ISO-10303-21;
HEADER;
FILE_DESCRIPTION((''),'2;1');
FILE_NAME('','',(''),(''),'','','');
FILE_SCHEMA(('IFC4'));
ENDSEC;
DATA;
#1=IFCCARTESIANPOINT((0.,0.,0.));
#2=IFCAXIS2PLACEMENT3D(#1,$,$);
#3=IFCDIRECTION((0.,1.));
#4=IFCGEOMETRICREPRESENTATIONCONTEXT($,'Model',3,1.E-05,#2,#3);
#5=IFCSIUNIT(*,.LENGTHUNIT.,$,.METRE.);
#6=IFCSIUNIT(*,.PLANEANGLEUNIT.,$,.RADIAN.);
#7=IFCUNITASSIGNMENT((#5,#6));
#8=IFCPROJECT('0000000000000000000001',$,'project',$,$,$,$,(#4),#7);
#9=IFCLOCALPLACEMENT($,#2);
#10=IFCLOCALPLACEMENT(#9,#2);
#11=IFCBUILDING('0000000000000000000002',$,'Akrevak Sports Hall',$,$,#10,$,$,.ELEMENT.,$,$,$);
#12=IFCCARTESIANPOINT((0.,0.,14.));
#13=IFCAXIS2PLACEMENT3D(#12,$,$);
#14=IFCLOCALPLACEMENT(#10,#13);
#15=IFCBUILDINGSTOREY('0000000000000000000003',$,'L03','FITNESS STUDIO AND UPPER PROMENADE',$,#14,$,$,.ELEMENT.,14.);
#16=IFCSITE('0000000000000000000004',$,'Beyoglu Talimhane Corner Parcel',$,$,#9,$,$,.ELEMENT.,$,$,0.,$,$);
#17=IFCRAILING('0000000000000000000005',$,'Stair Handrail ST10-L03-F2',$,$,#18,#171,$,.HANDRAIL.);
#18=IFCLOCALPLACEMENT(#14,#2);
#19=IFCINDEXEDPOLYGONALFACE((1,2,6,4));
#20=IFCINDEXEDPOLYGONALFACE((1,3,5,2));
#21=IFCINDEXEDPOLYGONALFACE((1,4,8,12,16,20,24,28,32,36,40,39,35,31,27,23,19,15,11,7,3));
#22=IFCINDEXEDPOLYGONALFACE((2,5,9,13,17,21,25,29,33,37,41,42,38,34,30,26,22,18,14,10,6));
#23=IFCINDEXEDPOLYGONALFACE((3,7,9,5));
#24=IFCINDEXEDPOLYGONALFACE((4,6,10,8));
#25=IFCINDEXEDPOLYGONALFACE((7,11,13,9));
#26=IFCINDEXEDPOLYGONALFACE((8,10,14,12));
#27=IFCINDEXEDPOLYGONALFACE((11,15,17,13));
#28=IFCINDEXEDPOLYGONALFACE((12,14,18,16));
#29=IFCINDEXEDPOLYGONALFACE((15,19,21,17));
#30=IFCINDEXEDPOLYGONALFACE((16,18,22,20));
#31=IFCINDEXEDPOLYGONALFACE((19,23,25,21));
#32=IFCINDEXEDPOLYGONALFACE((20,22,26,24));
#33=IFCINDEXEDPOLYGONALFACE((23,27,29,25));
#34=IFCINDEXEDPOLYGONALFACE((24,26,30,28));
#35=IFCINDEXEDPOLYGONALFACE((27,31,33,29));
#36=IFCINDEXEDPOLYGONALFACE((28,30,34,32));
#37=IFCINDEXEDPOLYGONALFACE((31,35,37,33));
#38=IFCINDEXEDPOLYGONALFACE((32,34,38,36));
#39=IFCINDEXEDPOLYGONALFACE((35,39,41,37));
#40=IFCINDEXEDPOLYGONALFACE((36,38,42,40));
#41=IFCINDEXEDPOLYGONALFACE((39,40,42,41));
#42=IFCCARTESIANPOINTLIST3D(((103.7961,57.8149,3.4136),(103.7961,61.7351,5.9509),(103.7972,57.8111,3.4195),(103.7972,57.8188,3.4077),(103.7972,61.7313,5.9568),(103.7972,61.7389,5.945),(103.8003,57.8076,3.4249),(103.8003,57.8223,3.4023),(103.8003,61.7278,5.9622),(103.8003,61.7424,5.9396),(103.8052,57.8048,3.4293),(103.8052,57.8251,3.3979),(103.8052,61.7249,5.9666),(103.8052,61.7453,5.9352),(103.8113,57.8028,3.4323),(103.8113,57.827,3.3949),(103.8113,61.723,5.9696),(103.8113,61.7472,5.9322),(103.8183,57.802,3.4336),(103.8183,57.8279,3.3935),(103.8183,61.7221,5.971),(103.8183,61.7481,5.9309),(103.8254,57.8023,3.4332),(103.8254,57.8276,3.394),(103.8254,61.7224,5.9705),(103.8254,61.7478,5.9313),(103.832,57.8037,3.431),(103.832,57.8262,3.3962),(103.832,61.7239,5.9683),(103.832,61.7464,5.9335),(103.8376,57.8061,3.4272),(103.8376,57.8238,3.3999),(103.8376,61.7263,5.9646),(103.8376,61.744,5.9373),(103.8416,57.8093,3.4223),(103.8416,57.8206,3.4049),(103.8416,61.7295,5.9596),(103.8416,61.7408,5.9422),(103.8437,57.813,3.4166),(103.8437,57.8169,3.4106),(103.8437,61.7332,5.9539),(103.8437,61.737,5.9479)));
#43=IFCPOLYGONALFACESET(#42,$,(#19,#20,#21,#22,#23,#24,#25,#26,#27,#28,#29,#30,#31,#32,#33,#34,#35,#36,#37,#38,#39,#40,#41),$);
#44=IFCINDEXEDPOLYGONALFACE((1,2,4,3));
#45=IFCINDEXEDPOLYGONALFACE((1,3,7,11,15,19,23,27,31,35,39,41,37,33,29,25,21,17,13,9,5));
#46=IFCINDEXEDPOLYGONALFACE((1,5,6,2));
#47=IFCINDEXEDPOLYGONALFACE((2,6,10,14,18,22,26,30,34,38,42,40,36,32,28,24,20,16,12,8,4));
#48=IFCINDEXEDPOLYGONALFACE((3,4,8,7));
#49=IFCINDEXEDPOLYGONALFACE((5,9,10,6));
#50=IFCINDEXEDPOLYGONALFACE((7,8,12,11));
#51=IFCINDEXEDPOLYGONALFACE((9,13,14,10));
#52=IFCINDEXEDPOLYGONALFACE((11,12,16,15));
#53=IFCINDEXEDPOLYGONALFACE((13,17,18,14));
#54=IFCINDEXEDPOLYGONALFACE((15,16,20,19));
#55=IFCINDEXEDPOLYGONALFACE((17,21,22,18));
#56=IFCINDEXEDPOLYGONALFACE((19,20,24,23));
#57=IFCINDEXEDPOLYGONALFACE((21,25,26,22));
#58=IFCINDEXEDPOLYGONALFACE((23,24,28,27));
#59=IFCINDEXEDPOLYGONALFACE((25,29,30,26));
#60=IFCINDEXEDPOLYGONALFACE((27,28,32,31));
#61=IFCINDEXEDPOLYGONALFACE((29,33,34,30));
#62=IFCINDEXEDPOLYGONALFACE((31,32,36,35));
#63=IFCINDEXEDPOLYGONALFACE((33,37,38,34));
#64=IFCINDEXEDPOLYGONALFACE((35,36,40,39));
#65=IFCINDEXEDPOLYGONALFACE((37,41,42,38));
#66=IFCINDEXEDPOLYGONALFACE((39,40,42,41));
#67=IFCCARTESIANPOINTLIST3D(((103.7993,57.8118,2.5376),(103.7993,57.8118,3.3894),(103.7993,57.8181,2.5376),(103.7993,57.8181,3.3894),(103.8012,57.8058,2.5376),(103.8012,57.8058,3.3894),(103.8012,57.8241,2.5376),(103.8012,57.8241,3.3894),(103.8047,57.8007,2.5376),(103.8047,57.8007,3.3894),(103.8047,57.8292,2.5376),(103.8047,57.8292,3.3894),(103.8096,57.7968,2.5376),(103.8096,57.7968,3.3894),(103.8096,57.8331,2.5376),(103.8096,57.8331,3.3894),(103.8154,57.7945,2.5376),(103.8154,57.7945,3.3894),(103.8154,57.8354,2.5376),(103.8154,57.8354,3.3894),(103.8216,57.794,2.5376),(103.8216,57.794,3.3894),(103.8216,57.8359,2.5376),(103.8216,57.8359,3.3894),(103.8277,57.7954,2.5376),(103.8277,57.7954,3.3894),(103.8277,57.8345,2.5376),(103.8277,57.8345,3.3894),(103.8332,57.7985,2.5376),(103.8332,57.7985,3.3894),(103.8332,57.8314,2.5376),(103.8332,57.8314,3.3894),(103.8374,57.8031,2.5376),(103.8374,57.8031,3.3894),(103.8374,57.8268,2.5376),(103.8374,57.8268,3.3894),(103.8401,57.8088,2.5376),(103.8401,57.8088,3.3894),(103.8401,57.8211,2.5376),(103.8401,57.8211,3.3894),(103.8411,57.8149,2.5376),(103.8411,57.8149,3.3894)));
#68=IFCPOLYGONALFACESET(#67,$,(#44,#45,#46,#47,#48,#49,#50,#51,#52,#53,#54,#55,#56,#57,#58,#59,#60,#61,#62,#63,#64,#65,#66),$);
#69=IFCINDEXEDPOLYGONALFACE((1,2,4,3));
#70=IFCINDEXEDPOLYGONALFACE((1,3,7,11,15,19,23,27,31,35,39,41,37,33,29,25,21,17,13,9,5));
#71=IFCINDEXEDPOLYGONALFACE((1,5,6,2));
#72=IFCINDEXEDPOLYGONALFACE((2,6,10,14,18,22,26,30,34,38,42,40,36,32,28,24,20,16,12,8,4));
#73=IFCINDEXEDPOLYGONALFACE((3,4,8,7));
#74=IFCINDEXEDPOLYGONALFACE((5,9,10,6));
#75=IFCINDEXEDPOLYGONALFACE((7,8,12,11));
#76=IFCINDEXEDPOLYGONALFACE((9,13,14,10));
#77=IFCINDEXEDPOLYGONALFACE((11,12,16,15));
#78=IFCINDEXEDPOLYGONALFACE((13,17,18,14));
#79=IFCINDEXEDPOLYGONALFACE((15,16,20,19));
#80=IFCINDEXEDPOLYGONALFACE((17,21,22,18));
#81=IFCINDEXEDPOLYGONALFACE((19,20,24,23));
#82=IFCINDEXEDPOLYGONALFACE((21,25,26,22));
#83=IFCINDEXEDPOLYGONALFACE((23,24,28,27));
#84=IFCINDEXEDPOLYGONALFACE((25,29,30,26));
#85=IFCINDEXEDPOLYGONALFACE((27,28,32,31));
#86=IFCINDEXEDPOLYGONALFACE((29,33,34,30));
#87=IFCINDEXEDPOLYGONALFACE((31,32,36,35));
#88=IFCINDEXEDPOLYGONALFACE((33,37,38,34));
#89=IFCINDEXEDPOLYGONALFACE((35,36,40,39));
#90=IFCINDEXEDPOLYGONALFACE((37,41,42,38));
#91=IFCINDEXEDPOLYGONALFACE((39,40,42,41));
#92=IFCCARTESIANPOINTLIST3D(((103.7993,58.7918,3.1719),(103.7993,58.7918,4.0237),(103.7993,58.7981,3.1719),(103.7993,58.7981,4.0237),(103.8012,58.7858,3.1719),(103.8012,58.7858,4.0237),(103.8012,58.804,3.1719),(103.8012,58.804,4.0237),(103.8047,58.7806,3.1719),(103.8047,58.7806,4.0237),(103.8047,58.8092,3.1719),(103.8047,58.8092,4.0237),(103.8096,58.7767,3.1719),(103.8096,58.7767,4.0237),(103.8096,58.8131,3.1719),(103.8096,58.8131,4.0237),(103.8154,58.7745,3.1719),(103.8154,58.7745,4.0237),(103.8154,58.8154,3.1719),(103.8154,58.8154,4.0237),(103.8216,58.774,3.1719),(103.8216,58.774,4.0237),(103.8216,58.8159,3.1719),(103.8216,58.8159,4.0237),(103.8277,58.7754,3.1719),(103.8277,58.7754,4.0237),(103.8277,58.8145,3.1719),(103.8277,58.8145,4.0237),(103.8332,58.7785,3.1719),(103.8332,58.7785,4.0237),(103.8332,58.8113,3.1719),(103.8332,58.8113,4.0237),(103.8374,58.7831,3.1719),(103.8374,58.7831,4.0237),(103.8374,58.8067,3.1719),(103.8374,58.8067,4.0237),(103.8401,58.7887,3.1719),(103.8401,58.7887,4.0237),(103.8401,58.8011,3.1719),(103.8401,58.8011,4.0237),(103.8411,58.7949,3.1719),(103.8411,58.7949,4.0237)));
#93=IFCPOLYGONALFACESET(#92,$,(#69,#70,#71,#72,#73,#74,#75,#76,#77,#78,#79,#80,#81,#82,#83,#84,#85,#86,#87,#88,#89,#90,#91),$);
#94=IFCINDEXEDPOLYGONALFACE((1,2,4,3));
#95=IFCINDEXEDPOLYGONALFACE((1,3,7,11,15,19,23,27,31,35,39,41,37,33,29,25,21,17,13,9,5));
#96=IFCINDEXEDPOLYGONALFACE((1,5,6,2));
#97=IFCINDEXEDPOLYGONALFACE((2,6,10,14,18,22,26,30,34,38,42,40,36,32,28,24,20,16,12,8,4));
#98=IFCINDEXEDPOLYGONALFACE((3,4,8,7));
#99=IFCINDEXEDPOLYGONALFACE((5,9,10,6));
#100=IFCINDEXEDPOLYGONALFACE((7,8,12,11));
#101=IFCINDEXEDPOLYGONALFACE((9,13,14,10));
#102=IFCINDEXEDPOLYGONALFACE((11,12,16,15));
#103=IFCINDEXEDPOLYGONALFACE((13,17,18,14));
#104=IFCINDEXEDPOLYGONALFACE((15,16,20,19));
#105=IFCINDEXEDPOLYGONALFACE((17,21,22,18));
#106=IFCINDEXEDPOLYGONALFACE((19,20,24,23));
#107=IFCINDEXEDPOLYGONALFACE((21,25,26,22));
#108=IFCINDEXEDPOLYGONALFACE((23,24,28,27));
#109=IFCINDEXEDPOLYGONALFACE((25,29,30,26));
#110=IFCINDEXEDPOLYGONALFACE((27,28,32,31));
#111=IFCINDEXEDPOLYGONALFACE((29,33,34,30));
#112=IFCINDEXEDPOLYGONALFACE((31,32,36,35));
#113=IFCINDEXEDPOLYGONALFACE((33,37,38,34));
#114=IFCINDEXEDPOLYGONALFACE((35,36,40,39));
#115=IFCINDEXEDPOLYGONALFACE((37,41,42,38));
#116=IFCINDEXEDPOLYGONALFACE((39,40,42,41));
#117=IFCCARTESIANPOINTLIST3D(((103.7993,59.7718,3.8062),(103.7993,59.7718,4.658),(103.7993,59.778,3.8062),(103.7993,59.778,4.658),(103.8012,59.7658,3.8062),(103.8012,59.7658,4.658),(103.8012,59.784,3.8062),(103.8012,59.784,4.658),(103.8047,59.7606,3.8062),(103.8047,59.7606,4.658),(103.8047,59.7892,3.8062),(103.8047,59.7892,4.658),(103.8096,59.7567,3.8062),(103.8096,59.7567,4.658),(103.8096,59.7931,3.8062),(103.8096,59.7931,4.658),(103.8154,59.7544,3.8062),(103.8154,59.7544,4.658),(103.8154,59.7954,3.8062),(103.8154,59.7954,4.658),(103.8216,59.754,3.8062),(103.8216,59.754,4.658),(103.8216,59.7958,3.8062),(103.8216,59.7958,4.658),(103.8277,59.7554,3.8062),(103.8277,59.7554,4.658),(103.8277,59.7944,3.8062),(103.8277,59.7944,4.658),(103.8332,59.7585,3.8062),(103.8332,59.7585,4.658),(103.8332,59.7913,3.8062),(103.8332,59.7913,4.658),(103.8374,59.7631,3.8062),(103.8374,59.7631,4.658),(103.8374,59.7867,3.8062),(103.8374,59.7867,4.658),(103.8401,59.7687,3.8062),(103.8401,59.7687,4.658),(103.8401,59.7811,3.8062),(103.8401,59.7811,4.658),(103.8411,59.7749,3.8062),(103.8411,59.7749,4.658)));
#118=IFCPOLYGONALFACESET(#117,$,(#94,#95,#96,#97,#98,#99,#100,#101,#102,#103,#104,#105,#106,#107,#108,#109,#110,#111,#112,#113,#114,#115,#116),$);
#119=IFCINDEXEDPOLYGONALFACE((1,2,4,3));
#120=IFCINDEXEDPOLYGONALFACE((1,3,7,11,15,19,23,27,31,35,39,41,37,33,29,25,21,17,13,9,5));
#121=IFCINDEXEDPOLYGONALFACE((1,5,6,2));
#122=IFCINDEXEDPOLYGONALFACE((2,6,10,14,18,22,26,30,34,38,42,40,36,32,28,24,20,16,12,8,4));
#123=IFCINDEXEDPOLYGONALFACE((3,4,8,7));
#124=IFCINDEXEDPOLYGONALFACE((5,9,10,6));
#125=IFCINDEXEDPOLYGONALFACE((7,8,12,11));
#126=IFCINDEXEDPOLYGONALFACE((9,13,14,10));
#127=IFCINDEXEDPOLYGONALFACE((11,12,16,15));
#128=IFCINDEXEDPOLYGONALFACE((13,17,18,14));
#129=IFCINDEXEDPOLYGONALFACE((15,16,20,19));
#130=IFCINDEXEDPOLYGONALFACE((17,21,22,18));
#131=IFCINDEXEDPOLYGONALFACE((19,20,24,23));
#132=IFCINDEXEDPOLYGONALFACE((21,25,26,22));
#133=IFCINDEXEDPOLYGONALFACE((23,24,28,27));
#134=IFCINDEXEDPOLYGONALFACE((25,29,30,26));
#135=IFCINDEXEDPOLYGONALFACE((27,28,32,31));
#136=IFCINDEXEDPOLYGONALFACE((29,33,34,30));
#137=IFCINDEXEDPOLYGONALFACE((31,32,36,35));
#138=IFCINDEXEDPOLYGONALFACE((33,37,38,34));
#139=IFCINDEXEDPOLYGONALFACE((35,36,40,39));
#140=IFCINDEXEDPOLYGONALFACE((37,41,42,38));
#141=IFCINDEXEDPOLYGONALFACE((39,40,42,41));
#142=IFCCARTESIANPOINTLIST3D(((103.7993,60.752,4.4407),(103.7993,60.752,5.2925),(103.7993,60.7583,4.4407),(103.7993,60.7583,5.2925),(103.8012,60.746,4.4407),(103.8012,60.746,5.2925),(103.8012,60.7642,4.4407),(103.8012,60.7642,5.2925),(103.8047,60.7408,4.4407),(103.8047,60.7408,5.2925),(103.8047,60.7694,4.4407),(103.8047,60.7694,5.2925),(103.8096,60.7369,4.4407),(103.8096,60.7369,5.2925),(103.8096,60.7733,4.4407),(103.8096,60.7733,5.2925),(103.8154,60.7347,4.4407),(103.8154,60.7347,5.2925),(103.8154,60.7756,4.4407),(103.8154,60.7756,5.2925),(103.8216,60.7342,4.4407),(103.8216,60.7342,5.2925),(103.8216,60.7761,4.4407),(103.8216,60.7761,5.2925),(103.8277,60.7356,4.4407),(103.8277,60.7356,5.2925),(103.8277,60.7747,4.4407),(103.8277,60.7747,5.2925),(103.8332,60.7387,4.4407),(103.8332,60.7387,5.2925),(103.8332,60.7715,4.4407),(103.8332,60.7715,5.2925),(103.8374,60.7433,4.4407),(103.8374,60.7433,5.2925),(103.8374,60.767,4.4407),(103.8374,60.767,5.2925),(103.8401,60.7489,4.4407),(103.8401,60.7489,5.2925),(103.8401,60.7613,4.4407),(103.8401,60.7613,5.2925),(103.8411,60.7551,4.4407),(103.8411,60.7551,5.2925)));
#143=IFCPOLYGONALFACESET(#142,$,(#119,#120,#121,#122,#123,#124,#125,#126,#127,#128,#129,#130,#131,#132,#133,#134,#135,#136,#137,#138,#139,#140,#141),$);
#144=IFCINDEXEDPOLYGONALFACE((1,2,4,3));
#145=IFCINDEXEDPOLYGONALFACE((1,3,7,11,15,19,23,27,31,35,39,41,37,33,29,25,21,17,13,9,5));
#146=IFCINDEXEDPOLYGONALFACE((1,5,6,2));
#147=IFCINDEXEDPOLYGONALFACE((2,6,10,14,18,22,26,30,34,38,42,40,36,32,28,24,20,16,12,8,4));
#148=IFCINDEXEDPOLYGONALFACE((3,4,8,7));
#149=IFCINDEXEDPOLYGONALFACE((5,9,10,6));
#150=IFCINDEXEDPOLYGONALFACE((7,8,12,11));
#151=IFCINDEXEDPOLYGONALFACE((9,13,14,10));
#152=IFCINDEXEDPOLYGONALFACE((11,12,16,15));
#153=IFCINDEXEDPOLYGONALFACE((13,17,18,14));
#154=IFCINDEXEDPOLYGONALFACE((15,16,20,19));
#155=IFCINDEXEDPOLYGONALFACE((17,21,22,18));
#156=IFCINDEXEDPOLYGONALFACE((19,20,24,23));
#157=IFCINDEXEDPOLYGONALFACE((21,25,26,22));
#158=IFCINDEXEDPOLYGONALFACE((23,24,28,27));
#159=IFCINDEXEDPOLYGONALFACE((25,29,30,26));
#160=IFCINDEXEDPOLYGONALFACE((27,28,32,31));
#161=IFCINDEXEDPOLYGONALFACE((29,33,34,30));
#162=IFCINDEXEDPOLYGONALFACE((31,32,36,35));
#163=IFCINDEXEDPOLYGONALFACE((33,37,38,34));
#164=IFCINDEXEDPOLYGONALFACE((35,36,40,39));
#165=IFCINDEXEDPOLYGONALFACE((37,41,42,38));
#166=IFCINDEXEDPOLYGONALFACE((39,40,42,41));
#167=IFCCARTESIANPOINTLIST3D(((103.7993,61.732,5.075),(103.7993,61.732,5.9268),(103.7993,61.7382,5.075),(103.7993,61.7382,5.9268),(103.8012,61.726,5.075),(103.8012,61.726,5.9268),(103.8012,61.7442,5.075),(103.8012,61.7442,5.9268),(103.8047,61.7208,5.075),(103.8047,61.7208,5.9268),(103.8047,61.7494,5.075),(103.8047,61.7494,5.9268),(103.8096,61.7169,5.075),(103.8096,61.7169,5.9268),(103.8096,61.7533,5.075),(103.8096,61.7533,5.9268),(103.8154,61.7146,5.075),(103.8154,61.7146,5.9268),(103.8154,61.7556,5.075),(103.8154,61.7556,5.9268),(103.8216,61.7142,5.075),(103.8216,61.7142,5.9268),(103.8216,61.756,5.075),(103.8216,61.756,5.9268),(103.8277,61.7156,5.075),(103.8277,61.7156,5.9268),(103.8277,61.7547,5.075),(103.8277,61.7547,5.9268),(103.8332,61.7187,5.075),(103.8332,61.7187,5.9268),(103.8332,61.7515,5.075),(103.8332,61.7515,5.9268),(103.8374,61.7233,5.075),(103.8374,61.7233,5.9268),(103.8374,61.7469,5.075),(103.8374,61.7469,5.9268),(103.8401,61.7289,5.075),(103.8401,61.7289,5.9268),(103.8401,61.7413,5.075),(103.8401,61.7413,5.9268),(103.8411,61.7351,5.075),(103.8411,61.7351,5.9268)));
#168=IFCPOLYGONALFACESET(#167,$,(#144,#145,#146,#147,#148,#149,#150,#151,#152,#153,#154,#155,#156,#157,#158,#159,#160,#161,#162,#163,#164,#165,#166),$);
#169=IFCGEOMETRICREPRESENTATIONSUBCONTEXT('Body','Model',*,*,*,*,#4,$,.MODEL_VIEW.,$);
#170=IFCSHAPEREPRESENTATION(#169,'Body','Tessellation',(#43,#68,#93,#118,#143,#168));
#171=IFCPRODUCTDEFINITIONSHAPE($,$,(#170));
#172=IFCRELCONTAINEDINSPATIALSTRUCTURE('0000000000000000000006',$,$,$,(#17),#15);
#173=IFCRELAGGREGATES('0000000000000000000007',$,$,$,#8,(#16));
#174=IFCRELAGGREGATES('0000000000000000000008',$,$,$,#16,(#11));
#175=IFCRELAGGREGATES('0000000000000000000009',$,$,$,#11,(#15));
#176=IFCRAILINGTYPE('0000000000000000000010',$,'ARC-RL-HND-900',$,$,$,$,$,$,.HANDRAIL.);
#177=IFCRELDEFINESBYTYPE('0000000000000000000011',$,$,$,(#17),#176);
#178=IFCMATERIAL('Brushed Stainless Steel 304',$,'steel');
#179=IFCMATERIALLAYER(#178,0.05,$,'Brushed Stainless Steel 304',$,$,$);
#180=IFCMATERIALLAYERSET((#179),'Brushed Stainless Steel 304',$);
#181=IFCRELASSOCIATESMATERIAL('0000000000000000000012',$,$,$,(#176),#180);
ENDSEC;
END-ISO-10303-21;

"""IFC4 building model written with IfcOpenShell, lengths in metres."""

from ifc_helpers import new_model, si_unit, direction, frame, origin, origin_2d, place, context, subcontext, project, spatial, circle, extrude, material, layer, layer_set, type_object, element, save


model = new_model("IFC4")

# Units and contexts
model_context = context("Model", 3, precision=1e-05, world=origin(), true_north=direction((0.0, 1.0)))
body_context = subcontext(model_context, "Body", "Model", "MODEL_VIEW")
ifc_project = project(units=[si_unit("LENGTHUNIT", "METRE"), si_unit("PLANEANGLEUNIT", "RADIAN")], contexts=[model_context])

# Site, building, storey
site_placement = place(None, origin())
site = spatial("IfcSite", under=ifc_project, at=site_placement, Name="Beyoglu Talimhane Corner Parcel", CompositionType="ELEMENT", RefElevation=0.0)
building_placement = place(site_placement, origin())
building = spatial("IfcBuilding", under=site, at=building_placement, Name="Akrevak Sports Hall", CompositionType="ELEMENT")
storey_placement = place(building_placement, frame((0.0, 0.0, 14.0)))
storey = spatial("IfcBuildingStorey", under=building, at=storey_placement, Name="L03", Description="FITNESS STUDIO AND UPPER PROMENADE", CompositionType="ELEMENT", Elevation=14.0)

# Railing
ifc_material_1 = material(Name="Brushed Stainless Steel 304", Category="steel")
ifc_layer_1 = layer(ifc_material_1, 0.05, Name="Brushed Stainless Steel 304")
ifc_layer_set_1 = layer_set([ifc_layer_1], Name="Brushed Stainless Steel 304")
railing_type_1 = type_object("IfcRailingType", Name="ARC-RL-HND-900", PredefinedType="HANDRAIL", material=ifc_layer_set_1)
for number, where, name in (
    (1, (103.8201, 57.8149, 2.5376), "Stair Handrail ST10-L03-F2"),
):
    element("IfcRailing", number, at=place(storey_placement, frame(where)), inside=storey, type_object=railing_type_1, Name=name, PredefinedType="HANDRAIL", context=body_context, shape_type="SweptSolid", body=[
        extrude(circle(Radius=0.0239, at=origin_2d()), frame((0.0, 0.0, 0.876), z_axis=(0.0, 0.839494, 0.543368), x_axis=(-1.0, 0.0, 0.0)), (0.0, 0.0, 1.0), 4.6697),
        extrude(circle(Radius=0.021, at=origin_2d()), origin(), (0.0, 0.0, 1.0), 0.8518),
        extrude(circle(Radius=0.021, at=origin_2d()), frame((0.0, 0.98, 0.6343)), (0.0, 0.0, 1.0), 0.8518),
        extrude(circle(Radius=0.021, at=origin_2d()), frame((0.0, 1.96, 1.2686)), (0.0, 0.0, 1.0), 0.8518),
        extrude(circle(Radius=0.021, at=origin_2d()), frame((0.0, 2.9402, 1.9031)), (0.0, 0.0, 1.0), 0.8518),
        extrude(circle(Radius=0.021, at=origin_2d()), frame((0.0, 3.9202, 2.5374)), (0.0, 0.0, 1.0), 0.8518),
    ])

save(model, "model.ifc")
